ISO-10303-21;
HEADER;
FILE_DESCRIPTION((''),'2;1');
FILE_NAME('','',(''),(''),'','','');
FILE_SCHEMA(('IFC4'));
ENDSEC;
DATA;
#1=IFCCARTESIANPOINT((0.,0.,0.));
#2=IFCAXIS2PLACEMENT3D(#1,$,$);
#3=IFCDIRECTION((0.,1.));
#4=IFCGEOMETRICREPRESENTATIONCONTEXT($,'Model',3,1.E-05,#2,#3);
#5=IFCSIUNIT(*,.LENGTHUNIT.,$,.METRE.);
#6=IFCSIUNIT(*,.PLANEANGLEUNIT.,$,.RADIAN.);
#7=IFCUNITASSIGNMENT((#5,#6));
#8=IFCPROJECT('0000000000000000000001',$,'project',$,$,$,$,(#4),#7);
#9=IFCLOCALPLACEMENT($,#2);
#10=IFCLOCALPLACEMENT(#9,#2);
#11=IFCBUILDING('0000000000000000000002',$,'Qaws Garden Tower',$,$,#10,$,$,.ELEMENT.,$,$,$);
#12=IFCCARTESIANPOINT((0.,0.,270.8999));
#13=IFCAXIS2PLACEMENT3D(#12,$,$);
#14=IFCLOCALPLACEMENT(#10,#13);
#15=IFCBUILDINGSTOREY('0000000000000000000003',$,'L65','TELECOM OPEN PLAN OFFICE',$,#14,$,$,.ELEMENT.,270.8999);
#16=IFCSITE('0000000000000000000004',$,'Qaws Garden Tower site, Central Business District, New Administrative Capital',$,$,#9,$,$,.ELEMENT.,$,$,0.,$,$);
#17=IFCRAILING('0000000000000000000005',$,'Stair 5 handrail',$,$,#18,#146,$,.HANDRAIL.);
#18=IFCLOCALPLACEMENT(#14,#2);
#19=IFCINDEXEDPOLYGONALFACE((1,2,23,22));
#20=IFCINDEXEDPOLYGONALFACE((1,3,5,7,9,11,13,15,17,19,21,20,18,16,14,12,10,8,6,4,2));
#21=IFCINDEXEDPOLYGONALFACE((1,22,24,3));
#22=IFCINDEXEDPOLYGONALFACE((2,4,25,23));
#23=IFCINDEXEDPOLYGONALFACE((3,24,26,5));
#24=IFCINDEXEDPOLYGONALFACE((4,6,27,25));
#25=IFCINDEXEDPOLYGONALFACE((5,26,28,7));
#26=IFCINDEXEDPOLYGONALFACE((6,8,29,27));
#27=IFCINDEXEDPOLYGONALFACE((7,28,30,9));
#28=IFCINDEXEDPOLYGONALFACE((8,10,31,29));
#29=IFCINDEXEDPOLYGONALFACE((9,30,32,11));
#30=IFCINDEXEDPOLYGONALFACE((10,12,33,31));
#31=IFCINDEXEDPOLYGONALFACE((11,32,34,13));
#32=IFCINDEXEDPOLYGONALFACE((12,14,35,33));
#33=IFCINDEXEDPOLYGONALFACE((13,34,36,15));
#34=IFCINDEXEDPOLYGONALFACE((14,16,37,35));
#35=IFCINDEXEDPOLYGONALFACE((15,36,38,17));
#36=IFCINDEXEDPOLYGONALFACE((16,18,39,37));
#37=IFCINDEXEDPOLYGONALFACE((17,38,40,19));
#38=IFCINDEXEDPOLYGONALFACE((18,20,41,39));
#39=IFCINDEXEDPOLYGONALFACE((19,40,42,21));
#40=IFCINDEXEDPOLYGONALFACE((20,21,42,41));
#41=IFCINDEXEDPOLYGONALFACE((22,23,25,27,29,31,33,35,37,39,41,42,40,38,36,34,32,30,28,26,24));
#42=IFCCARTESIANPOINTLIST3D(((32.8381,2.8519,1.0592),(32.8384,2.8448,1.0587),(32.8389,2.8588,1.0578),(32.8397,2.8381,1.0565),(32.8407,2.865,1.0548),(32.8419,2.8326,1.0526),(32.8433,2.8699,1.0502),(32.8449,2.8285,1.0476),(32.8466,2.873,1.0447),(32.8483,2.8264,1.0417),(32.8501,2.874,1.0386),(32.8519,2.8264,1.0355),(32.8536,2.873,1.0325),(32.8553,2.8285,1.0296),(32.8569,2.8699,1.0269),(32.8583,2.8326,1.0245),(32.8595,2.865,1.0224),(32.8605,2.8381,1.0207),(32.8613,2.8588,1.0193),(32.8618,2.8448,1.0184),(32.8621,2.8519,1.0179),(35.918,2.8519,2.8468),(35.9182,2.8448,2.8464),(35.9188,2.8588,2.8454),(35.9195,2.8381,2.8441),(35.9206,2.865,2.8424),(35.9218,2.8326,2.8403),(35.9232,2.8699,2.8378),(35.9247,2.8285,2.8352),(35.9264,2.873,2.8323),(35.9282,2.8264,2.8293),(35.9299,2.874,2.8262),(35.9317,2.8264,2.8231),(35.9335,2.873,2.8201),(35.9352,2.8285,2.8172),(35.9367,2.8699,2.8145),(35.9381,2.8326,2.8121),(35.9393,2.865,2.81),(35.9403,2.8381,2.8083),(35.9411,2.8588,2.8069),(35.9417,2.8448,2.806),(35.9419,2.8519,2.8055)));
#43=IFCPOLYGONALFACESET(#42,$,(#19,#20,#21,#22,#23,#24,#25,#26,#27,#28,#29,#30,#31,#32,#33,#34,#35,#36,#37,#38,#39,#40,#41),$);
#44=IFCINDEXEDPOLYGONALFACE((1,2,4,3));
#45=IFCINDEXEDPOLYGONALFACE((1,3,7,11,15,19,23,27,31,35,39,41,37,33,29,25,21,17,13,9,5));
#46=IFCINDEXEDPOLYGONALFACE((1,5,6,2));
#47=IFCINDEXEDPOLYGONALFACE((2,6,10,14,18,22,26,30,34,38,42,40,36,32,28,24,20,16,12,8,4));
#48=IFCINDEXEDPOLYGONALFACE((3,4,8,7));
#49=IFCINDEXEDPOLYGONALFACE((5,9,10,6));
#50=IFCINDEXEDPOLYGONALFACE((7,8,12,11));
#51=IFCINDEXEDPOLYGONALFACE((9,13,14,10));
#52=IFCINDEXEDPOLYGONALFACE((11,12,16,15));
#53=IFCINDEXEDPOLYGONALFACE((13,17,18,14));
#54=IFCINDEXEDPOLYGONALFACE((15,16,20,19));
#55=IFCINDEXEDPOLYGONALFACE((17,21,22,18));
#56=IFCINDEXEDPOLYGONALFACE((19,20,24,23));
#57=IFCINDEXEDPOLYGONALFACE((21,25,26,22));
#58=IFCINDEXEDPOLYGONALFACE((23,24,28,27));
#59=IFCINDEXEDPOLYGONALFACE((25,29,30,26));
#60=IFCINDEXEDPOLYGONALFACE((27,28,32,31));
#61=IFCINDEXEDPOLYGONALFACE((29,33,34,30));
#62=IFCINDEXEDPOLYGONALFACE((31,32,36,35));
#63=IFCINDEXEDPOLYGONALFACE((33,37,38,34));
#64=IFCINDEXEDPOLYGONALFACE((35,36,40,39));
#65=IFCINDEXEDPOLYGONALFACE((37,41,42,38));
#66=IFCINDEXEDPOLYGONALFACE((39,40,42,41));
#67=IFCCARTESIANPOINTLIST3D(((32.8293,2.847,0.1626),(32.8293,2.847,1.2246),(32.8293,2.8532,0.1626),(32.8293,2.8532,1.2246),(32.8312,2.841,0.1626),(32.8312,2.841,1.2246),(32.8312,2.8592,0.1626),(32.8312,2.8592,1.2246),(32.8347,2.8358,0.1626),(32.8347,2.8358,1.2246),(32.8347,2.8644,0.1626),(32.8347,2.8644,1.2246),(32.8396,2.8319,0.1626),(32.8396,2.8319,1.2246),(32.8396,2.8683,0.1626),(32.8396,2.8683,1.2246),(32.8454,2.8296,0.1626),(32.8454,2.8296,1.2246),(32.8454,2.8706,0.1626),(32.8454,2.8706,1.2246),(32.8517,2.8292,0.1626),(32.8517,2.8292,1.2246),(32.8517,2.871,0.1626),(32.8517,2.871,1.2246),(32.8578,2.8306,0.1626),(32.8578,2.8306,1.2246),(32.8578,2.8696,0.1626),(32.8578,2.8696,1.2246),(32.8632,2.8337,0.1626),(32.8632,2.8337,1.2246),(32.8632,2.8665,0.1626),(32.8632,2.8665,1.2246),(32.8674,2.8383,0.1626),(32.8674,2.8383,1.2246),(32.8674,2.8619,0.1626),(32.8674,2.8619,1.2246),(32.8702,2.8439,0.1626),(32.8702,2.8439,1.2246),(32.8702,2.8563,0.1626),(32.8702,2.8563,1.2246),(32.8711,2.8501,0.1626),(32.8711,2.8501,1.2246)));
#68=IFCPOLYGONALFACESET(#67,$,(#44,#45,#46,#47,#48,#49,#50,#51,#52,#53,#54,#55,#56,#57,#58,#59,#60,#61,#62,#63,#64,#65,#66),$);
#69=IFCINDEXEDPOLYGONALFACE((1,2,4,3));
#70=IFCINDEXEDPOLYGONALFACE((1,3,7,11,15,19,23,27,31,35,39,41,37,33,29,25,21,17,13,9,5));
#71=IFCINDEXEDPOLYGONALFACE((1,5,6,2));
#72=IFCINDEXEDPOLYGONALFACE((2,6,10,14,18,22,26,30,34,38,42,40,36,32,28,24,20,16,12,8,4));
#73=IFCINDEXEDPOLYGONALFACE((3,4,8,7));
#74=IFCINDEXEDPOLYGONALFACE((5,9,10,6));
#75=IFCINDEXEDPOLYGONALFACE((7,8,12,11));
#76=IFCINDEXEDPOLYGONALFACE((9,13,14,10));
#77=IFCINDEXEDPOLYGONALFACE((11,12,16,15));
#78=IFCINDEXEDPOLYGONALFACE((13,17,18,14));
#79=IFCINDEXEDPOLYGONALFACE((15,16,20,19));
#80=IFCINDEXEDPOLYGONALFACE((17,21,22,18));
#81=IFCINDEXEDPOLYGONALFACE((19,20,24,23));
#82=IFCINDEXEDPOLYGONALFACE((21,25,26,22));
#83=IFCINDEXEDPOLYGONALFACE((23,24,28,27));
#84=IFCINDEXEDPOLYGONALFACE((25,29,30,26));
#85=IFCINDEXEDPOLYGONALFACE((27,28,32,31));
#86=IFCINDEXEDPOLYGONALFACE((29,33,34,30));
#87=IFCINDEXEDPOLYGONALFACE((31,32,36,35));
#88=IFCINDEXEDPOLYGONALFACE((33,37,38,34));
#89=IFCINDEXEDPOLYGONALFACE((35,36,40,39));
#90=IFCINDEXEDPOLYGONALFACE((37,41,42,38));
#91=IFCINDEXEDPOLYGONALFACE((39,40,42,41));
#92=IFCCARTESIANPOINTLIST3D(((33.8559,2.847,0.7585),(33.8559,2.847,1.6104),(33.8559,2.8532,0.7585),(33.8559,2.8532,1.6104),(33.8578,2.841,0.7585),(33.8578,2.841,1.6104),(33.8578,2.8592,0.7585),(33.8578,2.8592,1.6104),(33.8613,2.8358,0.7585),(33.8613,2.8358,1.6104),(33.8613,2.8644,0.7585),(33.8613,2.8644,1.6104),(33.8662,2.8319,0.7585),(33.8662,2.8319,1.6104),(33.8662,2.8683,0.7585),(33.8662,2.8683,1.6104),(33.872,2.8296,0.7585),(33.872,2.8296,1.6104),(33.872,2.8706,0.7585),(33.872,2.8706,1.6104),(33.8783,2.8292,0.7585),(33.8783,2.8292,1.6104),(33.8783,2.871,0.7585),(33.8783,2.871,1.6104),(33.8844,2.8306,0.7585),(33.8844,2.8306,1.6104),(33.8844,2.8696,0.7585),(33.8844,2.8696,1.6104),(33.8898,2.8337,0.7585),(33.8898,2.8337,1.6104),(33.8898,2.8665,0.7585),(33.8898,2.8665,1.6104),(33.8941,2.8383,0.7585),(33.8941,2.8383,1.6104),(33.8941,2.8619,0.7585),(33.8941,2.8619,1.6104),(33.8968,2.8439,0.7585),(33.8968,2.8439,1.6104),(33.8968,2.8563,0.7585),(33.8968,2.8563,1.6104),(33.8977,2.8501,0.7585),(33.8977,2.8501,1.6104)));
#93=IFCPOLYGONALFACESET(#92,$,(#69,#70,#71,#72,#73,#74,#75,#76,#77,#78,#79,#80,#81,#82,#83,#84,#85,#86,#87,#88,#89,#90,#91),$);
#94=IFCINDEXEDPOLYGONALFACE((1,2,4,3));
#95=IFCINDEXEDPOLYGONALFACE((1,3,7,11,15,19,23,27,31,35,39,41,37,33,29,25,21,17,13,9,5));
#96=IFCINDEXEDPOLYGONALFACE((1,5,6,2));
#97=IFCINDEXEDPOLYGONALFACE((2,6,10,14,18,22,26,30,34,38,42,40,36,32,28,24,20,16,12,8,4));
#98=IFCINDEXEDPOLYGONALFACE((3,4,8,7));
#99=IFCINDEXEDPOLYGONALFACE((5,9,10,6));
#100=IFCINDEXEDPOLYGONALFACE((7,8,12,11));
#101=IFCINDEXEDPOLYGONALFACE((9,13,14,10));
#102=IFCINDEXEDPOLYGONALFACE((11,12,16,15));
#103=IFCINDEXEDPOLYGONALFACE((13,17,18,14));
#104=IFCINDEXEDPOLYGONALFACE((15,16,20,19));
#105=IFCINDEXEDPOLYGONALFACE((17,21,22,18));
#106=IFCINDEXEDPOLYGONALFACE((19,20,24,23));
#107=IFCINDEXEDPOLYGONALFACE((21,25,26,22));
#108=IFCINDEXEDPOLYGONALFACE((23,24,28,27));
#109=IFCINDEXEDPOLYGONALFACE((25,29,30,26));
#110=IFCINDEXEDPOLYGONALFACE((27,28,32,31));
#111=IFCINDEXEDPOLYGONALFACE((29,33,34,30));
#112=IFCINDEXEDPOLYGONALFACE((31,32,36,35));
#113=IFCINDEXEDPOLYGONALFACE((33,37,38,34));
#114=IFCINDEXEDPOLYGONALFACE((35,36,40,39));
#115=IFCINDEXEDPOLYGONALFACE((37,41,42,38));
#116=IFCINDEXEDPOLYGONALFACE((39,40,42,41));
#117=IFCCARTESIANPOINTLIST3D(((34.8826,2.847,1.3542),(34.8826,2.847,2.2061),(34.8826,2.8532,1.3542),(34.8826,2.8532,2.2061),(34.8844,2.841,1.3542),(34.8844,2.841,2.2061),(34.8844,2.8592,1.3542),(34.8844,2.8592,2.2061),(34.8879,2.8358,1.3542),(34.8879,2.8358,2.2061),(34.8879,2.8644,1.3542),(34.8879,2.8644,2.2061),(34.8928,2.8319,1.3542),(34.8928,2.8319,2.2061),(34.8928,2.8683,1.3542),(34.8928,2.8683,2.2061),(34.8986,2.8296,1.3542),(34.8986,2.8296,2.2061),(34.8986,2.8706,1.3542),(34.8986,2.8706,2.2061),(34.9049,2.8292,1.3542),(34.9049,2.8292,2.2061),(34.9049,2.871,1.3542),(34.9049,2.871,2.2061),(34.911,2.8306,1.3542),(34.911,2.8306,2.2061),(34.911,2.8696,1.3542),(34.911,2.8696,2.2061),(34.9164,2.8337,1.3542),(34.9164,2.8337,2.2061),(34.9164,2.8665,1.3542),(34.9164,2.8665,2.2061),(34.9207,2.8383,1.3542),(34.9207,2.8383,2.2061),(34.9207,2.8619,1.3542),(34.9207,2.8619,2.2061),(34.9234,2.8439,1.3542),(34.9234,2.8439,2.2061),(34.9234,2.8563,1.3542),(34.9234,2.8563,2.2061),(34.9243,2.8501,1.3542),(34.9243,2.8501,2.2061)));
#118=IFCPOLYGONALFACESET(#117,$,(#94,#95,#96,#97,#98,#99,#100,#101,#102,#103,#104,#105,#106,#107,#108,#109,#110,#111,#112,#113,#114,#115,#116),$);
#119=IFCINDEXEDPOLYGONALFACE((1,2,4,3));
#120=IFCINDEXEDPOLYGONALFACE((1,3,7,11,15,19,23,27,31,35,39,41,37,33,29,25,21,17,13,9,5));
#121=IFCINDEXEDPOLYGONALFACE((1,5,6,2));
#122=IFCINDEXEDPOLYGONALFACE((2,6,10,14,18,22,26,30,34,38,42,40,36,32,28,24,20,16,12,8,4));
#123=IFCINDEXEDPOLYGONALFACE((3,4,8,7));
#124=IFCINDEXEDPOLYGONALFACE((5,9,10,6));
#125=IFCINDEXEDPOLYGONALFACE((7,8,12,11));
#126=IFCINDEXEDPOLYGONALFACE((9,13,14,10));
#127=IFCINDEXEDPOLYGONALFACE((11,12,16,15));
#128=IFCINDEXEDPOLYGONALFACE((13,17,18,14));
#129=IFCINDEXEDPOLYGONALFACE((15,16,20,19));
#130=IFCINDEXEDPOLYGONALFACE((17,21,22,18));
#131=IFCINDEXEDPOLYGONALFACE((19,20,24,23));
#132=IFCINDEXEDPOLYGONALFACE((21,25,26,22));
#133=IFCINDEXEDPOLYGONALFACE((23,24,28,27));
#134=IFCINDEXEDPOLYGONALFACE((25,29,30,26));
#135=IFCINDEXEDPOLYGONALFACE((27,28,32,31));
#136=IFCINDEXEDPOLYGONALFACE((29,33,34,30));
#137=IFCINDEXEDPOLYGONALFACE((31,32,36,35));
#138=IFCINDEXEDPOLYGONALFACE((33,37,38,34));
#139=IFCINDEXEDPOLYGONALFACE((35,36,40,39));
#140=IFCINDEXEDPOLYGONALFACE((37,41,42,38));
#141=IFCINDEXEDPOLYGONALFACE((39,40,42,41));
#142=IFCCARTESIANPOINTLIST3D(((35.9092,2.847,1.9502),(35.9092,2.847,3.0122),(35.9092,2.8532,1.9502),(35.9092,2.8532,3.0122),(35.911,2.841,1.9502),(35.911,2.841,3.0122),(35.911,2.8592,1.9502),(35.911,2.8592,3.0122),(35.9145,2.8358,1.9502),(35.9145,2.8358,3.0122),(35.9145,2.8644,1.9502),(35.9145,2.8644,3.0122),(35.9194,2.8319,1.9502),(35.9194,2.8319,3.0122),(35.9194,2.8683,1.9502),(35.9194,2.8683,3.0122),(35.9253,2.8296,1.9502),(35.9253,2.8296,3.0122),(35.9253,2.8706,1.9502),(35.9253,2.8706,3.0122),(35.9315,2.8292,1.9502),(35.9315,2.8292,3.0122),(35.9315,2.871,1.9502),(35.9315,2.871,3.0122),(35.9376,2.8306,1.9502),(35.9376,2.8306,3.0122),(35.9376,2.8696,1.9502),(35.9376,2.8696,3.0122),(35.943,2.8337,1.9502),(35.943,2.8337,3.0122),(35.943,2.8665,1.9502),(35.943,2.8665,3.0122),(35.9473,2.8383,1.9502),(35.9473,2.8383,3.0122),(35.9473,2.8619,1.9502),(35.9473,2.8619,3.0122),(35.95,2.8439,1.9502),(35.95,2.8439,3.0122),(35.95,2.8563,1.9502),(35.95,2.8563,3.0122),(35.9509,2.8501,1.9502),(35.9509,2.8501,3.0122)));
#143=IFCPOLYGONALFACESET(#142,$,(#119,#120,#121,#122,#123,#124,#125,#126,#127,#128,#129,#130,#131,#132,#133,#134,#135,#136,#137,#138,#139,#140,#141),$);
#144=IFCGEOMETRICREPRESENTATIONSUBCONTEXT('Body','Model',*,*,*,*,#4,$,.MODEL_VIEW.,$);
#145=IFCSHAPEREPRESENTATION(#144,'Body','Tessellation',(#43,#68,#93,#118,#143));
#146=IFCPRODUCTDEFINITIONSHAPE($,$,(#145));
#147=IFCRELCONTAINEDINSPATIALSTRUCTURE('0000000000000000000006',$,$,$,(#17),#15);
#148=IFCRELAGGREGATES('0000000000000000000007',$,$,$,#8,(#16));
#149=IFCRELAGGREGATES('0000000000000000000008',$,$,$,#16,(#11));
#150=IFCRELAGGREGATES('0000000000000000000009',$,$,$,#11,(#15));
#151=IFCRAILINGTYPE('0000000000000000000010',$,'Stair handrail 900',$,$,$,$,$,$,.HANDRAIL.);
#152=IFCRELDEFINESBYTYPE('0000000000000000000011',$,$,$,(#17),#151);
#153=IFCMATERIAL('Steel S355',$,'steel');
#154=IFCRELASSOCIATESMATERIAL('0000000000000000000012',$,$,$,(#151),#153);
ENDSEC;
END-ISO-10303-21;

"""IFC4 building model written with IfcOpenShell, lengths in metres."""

from ifc_helpers import new_model, si_unit, direction, frame, origin, origin_2d, place, context, subcontext, project, spatial, circle, extrude, material, type_object, element, save


model = new_model("IFC4")

# Units and contexts
model_context = context("Model", 3, precision=1e-05, world=origin(), true_north=direction((0.0, 1.0)))
body_context = subcontext(model_context, "Body", "Model", "MODEL_VIEW")
ifc_project = project(units=[si_unit("LENGTHUNIT", "METRE"), si_unit("PLANEANGLEUNIT", "RADIAN")], contexts=[model_context])

# Site, building, storey
site_placement = place(None, origin())
site = spatial("IfcSite", under=ifc_project, at=site_placement, Name="Qaws Garden Tower site, Central Business District, New Administrative Capital", CompositionType="ELEMENT", RefElevation=0.0)
building_placement = place(site_placement, origin())
building = spatial("IfcBuilding", under=site, at=building_placement, Name="Qaws Garden Tower", CompositionType="ELEMENT")
storey_placement = place(building_placement, frame((0.0, 0.0, 270.8999)))
storey = spatial("IfcBuildingStorey", under=building, at=storey_placement, Name="L65", Description="TELECOM OPEN PLAN OFFICE", CompositionType="ELEMENT", Elevation=270.8999)

# Railing
ifc_material_1 = material(Name="Steel S355", Category="steel")
railing_type = type_object("IfcRailingType", Name="Stair handrail 900", PredefinedType="HANDRAIL", material=ifc_material_1)
railing_placement = place(storey_placement, frame((32.8501, 2.8501, 0.1626)))
element("IfcRailing", 1, at=railing_placement, inside=storey, type_object=railing_type, Name="Stair 5 handrail", PredefinedType="HANDRAIL", context=body_context, shape_type="SweptSolid", body=[
    extrude(circle(Radius=0.0239, at=origin_2d()), frame((0.0, 0.0, 0.876), z_axis=(0.864873, 0.0, 0.50199), x_axis=(0.0, 1.0, 0.0)), (0.0, 0.0, 1.0), 3.561),
    extrude(circle(Radius=0.021, at=origin_2d()), origin(), (0.0, 0.0, 1.0), 1.062),
    extrude(circle(Radius=0.021, at=origin_2d()), frame((1.0266, 0.0, 0.5959)), (0.0, 0.0, 1.0), 0.8518),
    extrude(circle(Radius=0.021, at=origin_2d()), frame((2.0532, 0.0, 1.1917)), (0.0, 0.0, 1.0), 0.8518),
    extrude(circle(Radius=0.021, at=origin_2d()), frame((3.0798, 0.0, 1.7876)), (0.0, 0.0, 1.0), 1.062),
])

save(model, "model.ifc")
